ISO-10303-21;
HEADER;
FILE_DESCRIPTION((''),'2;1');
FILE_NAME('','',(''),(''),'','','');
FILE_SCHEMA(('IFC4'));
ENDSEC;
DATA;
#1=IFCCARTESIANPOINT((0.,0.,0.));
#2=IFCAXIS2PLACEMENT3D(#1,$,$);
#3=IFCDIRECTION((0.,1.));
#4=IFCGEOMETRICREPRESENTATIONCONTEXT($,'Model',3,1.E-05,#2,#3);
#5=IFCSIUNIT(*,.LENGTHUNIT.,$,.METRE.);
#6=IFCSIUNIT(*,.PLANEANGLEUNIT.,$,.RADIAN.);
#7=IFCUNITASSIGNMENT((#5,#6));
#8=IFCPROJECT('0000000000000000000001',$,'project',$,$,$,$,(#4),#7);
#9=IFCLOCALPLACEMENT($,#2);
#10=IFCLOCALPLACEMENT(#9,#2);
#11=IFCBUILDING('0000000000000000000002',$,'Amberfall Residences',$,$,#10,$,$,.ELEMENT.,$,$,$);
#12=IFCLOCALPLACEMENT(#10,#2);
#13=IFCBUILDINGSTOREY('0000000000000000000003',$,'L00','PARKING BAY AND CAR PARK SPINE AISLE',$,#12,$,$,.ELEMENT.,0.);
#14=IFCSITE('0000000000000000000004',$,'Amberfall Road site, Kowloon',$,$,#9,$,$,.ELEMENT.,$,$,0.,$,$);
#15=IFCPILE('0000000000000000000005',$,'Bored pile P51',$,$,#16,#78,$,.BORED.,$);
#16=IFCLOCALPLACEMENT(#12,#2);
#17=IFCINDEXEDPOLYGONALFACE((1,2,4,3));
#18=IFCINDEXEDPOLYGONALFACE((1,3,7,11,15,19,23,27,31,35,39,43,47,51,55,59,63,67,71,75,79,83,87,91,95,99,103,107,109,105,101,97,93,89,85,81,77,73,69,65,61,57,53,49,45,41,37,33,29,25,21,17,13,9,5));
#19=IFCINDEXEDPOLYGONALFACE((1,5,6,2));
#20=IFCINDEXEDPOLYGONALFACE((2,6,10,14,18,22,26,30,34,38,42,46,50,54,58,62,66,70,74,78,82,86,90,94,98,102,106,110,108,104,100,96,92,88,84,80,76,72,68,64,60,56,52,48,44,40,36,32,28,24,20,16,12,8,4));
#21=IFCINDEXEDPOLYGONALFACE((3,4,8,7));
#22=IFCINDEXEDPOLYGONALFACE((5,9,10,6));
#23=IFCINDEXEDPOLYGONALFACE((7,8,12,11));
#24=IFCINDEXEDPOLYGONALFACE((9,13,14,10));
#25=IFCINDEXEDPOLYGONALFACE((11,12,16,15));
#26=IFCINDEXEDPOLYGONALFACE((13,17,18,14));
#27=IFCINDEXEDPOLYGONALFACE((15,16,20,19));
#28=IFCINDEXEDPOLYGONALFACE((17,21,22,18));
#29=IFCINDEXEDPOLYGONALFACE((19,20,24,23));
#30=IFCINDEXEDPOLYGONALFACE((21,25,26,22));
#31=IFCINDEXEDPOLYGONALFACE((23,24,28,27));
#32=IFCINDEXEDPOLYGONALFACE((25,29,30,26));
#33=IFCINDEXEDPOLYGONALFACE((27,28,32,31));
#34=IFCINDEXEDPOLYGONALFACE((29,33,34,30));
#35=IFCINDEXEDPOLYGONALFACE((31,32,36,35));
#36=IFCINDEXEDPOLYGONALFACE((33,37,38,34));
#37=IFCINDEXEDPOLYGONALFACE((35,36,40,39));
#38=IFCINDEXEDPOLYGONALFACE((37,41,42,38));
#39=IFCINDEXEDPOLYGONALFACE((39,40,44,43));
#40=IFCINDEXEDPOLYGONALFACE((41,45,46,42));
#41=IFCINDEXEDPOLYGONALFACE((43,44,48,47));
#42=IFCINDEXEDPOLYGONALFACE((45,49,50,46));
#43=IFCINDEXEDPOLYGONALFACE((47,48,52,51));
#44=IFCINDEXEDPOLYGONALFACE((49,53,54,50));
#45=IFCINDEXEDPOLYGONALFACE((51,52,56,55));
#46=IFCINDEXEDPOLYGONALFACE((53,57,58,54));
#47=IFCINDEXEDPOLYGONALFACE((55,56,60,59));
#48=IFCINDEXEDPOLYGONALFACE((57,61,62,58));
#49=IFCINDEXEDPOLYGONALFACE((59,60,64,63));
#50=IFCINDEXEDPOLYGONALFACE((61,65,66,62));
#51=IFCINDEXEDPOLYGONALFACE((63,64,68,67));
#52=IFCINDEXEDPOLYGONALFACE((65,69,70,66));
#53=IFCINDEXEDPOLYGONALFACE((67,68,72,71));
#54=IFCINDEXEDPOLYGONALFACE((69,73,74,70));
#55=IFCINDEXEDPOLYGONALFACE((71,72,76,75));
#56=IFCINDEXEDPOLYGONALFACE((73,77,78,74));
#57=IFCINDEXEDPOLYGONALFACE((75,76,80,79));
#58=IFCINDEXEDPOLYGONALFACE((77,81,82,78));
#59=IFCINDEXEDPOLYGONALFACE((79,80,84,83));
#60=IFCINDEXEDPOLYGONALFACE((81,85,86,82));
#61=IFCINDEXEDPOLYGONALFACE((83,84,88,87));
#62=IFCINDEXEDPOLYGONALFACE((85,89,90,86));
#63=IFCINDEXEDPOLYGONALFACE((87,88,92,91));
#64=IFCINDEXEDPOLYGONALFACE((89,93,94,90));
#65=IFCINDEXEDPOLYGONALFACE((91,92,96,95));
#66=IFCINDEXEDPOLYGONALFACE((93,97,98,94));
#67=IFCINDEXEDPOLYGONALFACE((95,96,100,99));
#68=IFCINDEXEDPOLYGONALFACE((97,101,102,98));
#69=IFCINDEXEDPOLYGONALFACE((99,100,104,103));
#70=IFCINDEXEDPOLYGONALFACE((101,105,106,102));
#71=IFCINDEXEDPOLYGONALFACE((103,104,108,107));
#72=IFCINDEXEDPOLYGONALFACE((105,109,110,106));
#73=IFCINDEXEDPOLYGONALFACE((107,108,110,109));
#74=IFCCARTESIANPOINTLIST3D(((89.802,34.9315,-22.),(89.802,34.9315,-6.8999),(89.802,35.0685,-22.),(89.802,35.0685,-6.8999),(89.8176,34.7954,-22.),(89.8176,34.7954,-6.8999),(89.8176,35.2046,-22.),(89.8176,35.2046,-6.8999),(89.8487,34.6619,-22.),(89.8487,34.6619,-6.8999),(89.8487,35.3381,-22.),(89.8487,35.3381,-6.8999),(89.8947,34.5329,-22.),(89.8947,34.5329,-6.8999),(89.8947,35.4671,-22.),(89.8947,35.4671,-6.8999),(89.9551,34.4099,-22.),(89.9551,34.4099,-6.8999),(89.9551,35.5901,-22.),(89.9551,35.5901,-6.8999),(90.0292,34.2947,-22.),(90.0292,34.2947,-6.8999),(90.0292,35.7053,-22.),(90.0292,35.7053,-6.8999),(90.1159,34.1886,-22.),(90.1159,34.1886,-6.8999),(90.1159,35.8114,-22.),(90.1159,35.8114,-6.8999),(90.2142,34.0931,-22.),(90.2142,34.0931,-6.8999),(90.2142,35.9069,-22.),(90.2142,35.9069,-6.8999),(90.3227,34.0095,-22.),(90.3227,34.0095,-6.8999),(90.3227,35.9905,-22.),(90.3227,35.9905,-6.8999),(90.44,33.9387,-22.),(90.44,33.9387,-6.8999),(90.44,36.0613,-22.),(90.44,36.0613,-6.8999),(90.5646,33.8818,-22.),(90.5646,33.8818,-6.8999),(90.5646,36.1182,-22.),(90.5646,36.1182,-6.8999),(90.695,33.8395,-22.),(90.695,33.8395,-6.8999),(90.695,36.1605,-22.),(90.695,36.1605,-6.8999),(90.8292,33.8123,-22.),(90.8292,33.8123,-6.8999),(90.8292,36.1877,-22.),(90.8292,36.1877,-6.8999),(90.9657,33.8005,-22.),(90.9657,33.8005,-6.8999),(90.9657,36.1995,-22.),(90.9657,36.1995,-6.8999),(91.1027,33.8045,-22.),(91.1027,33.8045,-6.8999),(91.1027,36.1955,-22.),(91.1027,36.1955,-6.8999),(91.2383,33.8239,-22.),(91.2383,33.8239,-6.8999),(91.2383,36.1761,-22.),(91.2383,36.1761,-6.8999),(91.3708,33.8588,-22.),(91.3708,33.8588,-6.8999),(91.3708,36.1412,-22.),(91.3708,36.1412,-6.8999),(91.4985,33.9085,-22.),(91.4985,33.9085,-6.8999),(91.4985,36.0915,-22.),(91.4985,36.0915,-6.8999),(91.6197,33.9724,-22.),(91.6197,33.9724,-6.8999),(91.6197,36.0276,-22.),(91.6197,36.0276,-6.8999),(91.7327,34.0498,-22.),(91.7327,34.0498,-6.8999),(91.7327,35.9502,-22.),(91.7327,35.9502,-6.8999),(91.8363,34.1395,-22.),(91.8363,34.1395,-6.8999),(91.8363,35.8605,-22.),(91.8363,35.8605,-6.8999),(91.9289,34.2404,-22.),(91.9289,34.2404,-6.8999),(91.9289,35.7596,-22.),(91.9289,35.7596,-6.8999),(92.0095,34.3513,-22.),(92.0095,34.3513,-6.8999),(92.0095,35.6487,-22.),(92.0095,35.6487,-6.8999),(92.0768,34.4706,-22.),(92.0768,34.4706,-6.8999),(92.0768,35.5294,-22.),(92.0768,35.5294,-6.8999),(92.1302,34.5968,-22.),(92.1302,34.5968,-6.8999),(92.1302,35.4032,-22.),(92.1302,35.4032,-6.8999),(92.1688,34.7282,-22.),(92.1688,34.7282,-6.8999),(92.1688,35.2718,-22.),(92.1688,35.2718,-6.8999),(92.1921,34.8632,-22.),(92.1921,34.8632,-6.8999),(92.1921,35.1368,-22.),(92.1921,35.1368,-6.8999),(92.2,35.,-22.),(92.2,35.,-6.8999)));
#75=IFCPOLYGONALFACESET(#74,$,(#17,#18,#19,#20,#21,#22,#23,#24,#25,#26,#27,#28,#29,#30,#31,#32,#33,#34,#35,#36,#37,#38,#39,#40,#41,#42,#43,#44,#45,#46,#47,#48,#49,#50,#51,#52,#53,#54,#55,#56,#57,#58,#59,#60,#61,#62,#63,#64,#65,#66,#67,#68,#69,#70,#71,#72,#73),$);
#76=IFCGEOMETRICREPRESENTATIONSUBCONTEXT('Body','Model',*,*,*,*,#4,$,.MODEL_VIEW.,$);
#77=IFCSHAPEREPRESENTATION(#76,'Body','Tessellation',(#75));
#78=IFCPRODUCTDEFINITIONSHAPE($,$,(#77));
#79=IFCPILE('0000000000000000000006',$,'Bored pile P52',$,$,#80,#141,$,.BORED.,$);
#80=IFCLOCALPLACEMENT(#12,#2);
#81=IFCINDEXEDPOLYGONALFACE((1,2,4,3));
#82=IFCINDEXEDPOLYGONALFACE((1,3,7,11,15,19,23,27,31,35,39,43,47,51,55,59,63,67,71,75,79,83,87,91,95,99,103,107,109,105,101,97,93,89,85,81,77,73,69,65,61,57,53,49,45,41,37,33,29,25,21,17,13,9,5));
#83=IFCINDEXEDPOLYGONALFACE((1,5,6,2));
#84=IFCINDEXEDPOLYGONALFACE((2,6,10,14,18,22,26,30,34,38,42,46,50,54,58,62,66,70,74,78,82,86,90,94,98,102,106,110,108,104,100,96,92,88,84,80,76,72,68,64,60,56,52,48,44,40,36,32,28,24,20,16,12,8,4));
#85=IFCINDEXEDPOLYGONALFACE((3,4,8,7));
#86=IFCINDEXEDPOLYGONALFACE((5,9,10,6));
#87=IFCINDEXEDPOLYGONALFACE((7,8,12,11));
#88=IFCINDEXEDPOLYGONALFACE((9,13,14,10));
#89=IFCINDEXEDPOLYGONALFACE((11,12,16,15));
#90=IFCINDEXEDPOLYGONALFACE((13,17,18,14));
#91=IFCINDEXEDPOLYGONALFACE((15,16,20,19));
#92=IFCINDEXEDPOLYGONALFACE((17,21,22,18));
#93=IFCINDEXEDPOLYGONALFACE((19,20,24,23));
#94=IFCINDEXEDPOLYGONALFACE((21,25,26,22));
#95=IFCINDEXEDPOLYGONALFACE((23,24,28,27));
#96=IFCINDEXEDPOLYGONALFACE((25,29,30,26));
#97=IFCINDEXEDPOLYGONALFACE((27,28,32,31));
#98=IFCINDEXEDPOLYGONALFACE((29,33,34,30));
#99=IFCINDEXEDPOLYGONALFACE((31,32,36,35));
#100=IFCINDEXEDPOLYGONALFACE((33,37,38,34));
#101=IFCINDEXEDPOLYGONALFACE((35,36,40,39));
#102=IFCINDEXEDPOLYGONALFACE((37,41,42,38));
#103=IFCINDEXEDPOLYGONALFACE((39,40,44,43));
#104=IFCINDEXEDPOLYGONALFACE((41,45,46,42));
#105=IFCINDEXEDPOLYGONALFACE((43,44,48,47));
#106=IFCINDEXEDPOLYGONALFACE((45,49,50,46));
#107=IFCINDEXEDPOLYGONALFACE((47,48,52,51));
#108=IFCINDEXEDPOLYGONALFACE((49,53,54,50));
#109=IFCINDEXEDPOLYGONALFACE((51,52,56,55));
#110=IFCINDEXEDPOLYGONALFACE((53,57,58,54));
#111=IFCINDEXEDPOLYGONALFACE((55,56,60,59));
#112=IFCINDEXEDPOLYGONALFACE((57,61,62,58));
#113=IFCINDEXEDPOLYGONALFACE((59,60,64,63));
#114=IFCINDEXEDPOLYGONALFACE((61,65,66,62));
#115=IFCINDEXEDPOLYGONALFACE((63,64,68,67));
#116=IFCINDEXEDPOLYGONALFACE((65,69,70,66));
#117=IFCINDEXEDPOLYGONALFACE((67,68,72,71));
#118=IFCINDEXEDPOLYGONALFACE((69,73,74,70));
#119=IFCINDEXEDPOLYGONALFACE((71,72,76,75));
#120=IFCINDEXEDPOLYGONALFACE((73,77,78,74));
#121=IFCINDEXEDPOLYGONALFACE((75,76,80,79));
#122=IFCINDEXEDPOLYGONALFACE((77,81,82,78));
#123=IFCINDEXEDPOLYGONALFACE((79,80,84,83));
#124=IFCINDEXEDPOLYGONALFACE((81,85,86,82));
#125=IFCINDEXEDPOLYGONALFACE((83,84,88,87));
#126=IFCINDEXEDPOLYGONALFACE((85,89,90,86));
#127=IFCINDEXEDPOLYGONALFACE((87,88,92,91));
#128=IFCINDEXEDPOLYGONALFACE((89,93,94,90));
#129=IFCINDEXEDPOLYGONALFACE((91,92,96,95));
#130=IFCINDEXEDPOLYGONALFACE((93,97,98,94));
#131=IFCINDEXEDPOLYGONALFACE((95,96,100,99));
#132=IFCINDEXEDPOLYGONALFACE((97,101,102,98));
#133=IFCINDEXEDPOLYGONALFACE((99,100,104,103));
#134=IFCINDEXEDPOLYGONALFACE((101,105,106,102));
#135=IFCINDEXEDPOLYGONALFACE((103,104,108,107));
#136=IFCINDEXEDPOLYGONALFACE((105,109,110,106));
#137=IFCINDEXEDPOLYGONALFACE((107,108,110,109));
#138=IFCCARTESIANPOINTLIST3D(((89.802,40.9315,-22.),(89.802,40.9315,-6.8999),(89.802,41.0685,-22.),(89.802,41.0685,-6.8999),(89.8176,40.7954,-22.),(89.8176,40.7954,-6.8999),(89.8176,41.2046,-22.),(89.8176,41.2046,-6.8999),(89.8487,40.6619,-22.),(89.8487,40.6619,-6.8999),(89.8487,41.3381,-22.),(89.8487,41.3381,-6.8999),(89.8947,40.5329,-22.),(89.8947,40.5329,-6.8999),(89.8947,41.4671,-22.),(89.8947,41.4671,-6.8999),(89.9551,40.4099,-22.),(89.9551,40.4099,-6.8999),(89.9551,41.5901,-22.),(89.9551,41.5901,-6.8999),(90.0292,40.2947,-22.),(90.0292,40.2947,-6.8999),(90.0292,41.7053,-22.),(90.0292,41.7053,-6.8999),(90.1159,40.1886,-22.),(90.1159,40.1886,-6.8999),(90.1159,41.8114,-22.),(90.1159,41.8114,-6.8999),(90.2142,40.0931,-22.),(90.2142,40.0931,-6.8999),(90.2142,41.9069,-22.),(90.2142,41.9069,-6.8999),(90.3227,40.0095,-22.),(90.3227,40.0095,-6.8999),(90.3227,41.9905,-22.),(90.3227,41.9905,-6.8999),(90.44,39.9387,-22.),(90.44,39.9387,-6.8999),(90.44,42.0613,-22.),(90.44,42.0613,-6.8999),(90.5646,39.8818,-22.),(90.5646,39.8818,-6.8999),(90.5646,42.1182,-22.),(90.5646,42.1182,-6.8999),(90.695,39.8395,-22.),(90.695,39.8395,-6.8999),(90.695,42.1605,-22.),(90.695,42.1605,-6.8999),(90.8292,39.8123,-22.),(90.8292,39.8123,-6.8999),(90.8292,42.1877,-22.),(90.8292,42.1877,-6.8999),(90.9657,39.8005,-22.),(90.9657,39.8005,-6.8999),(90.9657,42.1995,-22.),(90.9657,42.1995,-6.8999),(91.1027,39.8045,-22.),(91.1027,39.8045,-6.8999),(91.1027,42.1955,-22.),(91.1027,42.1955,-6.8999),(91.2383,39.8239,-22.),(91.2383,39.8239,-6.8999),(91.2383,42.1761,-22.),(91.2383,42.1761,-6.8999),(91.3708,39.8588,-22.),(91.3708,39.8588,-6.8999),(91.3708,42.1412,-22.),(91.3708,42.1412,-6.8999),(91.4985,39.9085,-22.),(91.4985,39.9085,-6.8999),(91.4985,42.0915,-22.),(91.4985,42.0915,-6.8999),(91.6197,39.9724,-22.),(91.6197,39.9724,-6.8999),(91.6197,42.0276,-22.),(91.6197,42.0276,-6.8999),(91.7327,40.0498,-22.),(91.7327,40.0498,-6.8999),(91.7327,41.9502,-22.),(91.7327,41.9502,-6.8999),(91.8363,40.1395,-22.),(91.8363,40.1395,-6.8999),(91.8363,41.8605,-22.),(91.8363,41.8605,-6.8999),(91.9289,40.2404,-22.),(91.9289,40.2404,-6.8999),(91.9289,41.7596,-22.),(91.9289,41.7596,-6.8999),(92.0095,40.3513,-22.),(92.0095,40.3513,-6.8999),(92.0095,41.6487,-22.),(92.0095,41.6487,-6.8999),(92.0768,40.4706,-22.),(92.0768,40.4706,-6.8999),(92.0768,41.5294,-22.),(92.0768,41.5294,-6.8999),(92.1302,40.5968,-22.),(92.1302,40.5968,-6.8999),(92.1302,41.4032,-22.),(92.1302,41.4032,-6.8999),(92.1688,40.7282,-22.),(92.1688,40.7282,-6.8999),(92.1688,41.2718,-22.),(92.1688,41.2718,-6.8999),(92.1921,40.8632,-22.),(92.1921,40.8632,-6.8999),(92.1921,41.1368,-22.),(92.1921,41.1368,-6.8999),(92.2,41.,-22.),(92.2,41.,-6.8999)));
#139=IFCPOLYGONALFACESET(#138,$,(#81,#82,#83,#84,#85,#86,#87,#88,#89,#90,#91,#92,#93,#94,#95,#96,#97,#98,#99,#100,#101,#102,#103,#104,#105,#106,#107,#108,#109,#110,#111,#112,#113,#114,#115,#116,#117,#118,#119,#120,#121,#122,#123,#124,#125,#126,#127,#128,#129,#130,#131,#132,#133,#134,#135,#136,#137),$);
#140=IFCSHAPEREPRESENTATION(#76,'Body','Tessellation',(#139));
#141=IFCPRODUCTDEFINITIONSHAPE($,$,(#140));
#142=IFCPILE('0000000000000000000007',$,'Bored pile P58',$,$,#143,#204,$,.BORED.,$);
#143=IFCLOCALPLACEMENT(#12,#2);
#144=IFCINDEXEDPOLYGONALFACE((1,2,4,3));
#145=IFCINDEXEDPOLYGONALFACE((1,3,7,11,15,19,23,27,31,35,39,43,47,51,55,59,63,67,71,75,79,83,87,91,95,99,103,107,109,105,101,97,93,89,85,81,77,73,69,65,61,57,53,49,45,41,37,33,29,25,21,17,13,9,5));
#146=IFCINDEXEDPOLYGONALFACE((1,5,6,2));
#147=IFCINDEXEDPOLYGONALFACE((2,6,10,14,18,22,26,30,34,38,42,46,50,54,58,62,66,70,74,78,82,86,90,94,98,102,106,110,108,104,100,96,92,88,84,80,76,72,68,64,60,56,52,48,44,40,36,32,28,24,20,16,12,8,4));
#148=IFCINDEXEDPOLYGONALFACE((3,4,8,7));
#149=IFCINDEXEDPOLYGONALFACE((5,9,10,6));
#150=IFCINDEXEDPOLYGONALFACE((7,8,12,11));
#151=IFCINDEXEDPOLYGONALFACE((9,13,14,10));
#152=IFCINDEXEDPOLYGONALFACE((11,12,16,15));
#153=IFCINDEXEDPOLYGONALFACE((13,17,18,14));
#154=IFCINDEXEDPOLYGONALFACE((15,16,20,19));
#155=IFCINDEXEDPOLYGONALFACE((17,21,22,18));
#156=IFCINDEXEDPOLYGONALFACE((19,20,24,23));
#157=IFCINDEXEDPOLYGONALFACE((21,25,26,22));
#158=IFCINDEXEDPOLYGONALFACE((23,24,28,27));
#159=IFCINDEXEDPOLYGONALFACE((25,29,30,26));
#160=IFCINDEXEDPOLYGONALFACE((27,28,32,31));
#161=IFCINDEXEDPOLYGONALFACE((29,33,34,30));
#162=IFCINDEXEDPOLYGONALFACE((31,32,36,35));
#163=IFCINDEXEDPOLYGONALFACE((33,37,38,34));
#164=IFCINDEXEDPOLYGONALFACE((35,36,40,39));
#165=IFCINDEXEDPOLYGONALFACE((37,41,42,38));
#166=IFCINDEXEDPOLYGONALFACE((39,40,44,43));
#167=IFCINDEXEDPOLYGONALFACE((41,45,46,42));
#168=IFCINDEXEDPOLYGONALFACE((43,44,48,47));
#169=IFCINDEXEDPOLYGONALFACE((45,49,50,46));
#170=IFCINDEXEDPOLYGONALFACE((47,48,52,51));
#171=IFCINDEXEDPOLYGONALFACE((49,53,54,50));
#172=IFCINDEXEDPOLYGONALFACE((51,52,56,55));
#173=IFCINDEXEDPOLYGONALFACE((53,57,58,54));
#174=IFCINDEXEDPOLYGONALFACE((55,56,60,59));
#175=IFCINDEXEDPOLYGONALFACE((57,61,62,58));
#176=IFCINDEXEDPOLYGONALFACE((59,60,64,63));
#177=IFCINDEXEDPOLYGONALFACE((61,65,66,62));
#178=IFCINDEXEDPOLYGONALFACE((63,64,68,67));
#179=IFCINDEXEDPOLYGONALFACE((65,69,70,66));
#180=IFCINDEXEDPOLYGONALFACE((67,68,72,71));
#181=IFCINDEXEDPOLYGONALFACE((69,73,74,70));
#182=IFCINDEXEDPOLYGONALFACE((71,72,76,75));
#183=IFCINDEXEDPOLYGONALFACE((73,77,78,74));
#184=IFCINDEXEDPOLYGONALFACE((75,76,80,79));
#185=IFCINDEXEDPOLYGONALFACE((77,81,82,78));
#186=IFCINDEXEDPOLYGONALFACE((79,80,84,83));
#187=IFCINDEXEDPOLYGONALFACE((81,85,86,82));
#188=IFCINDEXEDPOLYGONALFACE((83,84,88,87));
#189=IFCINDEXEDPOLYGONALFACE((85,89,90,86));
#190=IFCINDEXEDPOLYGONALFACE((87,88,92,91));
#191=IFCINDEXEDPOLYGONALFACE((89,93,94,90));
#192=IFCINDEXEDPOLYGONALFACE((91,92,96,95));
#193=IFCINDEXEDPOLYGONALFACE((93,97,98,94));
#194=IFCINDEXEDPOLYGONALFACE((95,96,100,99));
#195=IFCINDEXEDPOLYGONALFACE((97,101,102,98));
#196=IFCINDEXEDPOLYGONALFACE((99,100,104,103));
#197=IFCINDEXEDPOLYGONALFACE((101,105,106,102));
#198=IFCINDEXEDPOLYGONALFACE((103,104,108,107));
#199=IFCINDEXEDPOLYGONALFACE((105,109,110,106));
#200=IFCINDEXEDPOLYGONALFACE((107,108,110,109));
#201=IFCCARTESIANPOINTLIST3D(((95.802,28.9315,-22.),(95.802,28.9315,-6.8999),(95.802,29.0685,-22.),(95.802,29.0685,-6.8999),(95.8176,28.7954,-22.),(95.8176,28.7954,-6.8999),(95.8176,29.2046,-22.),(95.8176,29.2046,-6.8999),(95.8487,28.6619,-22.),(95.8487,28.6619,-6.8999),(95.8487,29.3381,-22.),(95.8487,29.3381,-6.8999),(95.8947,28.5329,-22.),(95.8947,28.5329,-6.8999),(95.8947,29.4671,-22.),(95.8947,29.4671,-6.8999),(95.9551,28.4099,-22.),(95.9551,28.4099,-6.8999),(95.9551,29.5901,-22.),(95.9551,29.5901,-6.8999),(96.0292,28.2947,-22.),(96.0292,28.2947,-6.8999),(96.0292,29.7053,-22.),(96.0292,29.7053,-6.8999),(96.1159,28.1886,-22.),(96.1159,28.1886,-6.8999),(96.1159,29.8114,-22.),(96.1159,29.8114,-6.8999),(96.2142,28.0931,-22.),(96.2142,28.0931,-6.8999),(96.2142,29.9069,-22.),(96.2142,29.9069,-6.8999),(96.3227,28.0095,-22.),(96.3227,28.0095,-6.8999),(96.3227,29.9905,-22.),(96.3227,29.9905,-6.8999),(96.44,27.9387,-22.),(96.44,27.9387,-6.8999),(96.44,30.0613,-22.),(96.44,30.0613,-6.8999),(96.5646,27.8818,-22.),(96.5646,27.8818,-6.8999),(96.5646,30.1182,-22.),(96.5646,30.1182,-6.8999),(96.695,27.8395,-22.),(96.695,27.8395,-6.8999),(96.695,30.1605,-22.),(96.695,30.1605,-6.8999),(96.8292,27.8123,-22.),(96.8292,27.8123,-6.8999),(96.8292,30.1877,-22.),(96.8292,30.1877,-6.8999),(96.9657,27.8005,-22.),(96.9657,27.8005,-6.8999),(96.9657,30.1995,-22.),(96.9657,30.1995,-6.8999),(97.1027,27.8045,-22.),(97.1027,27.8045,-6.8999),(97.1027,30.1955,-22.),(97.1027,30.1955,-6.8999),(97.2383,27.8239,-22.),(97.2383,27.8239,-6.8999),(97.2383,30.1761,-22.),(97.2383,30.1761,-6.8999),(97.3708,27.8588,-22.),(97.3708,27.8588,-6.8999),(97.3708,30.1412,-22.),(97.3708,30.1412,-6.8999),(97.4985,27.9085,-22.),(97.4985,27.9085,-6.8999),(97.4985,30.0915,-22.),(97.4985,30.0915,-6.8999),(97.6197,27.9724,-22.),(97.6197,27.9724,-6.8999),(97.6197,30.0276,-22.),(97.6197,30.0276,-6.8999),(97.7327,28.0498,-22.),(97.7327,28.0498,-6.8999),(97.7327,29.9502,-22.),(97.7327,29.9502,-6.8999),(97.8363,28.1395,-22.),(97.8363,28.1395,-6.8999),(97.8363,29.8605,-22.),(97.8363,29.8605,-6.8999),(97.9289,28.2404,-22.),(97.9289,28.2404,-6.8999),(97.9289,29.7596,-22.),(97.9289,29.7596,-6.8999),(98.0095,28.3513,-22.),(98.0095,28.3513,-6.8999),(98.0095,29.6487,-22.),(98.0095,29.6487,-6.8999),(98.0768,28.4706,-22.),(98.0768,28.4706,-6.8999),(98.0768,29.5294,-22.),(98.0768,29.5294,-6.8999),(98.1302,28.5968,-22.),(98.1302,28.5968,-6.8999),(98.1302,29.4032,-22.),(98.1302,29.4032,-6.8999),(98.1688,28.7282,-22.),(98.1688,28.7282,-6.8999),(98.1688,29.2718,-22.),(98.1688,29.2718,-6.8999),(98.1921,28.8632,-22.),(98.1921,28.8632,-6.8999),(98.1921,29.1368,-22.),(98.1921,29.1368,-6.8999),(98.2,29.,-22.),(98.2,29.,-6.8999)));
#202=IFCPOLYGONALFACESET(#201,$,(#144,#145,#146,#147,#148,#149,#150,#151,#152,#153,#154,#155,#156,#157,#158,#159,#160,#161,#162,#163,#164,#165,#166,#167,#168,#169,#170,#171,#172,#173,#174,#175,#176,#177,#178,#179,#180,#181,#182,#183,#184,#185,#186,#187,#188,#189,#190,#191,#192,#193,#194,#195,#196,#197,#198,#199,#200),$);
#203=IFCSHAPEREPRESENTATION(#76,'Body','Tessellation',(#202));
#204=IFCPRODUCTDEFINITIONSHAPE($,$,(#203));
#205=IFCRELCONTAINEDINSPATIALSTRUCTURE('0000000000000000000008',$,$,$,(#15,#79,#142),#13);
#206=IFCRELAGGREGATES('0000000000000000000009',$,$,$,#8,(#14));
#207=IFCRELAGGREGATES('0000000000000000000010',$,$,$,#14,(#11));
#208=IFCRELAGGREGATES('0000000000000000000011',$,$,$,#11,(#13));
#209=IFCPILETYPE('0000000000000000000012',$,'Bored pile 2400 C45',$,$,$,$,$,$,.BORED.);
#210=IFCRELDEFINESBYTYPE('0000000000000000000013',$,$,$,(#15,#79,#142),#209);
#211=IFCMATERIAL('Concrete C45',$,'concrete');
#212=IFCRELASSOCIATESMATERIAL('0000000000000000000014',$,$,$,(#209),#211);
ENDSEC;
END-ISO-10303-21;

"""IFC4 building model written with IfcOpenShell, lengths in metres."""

from ifc_helpers import new_model, si_unit, direction, frame, origin, origin_2d, place, context, subcontext, project, spatial, circle, extrude, material, material_profile, profile_set, type_object, element, save


model = new_model("IFC4")

# Units and contexts
model_context = context("Model", 3, precision=1e-05, world=origin(), true_north=direction((0.0, 1.0)))
body_context = subcontext(model_context, "Body", "Model", "MODEL_VIEW")
ifc_project = project(units=[si_unit("LENGTHUNIT", "METRE"), si_unit("PLANEANGLEUNIT", "RADIAN")], contexts=[model_context])

# Site, building, storey
site_placement = place(None, origin())
site = spatial("IfcSite", under=ifc_project, at=site_placement, Name="Amberfall Road site, Kowloon", CompositionType="ELEMENT", RefElevation=0.0)
building_placement = place(site_placement, origin())
building = spatial("IfcBuilding", under=site, at=building_placement, Name="Amberfall Residences", CompositionType="ELEMENT")
storey_placement = place(building_placement, origin())
storey = spatial("IfcBuildingStorey", under=building, at=storey_placement, Name="L00", Description="PARKING BAY AND CAR PARK SPINE AISLE", CompositionType="ELEMENT", Elevation=0.0)

# Piles
ifc_material_1 = material(Name="Concrete C45", Category="concrete")
ifc_material_profile_1 = material_profile(ifc_material_1, circle(Radius=1.2, at=origin_2d()), Name="Bored pile 2400 C45")
ifc_profile_set_1 = profile_set([ifc_material_profile_1], Name="Concrete C45")
pile_type = type_object("IfcPileType", Name="Bored pile 2400 C45", PredefinedType="BORED", material=ifc_profile_set_1)
for number, where, z_axis, x_axis, name in (
    (1, (91.0, 35.0, -6.8999), (0.0, 0.0, -1.0), (1.0, 0.0, 0.0), "Bored pile P51"),
    (2, (91.0, 41.0, -6.8999), (0.0, 0.0, -1.0), (1.0, 0.0, 0.0), "Bored pile P52"),
    (3, (97.0, 29.0, -6.8999), (0.0, 0.0, -1.0), (1.0, 0.0, 0.0), "Bored pile P58"),
):
    element("IfcPile", number, at=place(storey_placement, frame(where, z_axis=z_axis, x_axis=x_axis)), inside=storey, type_object=pile_type, Name=name, PredefinedType="BORED", context=body_context, shape_type="SweptSolid", body=[
        extrude(circle(Radius=1.2, at=origin_2d()), origin(), (0.0, 0.0, 1.0), 15.1001),
    ])

save(model, "model.ifc")
